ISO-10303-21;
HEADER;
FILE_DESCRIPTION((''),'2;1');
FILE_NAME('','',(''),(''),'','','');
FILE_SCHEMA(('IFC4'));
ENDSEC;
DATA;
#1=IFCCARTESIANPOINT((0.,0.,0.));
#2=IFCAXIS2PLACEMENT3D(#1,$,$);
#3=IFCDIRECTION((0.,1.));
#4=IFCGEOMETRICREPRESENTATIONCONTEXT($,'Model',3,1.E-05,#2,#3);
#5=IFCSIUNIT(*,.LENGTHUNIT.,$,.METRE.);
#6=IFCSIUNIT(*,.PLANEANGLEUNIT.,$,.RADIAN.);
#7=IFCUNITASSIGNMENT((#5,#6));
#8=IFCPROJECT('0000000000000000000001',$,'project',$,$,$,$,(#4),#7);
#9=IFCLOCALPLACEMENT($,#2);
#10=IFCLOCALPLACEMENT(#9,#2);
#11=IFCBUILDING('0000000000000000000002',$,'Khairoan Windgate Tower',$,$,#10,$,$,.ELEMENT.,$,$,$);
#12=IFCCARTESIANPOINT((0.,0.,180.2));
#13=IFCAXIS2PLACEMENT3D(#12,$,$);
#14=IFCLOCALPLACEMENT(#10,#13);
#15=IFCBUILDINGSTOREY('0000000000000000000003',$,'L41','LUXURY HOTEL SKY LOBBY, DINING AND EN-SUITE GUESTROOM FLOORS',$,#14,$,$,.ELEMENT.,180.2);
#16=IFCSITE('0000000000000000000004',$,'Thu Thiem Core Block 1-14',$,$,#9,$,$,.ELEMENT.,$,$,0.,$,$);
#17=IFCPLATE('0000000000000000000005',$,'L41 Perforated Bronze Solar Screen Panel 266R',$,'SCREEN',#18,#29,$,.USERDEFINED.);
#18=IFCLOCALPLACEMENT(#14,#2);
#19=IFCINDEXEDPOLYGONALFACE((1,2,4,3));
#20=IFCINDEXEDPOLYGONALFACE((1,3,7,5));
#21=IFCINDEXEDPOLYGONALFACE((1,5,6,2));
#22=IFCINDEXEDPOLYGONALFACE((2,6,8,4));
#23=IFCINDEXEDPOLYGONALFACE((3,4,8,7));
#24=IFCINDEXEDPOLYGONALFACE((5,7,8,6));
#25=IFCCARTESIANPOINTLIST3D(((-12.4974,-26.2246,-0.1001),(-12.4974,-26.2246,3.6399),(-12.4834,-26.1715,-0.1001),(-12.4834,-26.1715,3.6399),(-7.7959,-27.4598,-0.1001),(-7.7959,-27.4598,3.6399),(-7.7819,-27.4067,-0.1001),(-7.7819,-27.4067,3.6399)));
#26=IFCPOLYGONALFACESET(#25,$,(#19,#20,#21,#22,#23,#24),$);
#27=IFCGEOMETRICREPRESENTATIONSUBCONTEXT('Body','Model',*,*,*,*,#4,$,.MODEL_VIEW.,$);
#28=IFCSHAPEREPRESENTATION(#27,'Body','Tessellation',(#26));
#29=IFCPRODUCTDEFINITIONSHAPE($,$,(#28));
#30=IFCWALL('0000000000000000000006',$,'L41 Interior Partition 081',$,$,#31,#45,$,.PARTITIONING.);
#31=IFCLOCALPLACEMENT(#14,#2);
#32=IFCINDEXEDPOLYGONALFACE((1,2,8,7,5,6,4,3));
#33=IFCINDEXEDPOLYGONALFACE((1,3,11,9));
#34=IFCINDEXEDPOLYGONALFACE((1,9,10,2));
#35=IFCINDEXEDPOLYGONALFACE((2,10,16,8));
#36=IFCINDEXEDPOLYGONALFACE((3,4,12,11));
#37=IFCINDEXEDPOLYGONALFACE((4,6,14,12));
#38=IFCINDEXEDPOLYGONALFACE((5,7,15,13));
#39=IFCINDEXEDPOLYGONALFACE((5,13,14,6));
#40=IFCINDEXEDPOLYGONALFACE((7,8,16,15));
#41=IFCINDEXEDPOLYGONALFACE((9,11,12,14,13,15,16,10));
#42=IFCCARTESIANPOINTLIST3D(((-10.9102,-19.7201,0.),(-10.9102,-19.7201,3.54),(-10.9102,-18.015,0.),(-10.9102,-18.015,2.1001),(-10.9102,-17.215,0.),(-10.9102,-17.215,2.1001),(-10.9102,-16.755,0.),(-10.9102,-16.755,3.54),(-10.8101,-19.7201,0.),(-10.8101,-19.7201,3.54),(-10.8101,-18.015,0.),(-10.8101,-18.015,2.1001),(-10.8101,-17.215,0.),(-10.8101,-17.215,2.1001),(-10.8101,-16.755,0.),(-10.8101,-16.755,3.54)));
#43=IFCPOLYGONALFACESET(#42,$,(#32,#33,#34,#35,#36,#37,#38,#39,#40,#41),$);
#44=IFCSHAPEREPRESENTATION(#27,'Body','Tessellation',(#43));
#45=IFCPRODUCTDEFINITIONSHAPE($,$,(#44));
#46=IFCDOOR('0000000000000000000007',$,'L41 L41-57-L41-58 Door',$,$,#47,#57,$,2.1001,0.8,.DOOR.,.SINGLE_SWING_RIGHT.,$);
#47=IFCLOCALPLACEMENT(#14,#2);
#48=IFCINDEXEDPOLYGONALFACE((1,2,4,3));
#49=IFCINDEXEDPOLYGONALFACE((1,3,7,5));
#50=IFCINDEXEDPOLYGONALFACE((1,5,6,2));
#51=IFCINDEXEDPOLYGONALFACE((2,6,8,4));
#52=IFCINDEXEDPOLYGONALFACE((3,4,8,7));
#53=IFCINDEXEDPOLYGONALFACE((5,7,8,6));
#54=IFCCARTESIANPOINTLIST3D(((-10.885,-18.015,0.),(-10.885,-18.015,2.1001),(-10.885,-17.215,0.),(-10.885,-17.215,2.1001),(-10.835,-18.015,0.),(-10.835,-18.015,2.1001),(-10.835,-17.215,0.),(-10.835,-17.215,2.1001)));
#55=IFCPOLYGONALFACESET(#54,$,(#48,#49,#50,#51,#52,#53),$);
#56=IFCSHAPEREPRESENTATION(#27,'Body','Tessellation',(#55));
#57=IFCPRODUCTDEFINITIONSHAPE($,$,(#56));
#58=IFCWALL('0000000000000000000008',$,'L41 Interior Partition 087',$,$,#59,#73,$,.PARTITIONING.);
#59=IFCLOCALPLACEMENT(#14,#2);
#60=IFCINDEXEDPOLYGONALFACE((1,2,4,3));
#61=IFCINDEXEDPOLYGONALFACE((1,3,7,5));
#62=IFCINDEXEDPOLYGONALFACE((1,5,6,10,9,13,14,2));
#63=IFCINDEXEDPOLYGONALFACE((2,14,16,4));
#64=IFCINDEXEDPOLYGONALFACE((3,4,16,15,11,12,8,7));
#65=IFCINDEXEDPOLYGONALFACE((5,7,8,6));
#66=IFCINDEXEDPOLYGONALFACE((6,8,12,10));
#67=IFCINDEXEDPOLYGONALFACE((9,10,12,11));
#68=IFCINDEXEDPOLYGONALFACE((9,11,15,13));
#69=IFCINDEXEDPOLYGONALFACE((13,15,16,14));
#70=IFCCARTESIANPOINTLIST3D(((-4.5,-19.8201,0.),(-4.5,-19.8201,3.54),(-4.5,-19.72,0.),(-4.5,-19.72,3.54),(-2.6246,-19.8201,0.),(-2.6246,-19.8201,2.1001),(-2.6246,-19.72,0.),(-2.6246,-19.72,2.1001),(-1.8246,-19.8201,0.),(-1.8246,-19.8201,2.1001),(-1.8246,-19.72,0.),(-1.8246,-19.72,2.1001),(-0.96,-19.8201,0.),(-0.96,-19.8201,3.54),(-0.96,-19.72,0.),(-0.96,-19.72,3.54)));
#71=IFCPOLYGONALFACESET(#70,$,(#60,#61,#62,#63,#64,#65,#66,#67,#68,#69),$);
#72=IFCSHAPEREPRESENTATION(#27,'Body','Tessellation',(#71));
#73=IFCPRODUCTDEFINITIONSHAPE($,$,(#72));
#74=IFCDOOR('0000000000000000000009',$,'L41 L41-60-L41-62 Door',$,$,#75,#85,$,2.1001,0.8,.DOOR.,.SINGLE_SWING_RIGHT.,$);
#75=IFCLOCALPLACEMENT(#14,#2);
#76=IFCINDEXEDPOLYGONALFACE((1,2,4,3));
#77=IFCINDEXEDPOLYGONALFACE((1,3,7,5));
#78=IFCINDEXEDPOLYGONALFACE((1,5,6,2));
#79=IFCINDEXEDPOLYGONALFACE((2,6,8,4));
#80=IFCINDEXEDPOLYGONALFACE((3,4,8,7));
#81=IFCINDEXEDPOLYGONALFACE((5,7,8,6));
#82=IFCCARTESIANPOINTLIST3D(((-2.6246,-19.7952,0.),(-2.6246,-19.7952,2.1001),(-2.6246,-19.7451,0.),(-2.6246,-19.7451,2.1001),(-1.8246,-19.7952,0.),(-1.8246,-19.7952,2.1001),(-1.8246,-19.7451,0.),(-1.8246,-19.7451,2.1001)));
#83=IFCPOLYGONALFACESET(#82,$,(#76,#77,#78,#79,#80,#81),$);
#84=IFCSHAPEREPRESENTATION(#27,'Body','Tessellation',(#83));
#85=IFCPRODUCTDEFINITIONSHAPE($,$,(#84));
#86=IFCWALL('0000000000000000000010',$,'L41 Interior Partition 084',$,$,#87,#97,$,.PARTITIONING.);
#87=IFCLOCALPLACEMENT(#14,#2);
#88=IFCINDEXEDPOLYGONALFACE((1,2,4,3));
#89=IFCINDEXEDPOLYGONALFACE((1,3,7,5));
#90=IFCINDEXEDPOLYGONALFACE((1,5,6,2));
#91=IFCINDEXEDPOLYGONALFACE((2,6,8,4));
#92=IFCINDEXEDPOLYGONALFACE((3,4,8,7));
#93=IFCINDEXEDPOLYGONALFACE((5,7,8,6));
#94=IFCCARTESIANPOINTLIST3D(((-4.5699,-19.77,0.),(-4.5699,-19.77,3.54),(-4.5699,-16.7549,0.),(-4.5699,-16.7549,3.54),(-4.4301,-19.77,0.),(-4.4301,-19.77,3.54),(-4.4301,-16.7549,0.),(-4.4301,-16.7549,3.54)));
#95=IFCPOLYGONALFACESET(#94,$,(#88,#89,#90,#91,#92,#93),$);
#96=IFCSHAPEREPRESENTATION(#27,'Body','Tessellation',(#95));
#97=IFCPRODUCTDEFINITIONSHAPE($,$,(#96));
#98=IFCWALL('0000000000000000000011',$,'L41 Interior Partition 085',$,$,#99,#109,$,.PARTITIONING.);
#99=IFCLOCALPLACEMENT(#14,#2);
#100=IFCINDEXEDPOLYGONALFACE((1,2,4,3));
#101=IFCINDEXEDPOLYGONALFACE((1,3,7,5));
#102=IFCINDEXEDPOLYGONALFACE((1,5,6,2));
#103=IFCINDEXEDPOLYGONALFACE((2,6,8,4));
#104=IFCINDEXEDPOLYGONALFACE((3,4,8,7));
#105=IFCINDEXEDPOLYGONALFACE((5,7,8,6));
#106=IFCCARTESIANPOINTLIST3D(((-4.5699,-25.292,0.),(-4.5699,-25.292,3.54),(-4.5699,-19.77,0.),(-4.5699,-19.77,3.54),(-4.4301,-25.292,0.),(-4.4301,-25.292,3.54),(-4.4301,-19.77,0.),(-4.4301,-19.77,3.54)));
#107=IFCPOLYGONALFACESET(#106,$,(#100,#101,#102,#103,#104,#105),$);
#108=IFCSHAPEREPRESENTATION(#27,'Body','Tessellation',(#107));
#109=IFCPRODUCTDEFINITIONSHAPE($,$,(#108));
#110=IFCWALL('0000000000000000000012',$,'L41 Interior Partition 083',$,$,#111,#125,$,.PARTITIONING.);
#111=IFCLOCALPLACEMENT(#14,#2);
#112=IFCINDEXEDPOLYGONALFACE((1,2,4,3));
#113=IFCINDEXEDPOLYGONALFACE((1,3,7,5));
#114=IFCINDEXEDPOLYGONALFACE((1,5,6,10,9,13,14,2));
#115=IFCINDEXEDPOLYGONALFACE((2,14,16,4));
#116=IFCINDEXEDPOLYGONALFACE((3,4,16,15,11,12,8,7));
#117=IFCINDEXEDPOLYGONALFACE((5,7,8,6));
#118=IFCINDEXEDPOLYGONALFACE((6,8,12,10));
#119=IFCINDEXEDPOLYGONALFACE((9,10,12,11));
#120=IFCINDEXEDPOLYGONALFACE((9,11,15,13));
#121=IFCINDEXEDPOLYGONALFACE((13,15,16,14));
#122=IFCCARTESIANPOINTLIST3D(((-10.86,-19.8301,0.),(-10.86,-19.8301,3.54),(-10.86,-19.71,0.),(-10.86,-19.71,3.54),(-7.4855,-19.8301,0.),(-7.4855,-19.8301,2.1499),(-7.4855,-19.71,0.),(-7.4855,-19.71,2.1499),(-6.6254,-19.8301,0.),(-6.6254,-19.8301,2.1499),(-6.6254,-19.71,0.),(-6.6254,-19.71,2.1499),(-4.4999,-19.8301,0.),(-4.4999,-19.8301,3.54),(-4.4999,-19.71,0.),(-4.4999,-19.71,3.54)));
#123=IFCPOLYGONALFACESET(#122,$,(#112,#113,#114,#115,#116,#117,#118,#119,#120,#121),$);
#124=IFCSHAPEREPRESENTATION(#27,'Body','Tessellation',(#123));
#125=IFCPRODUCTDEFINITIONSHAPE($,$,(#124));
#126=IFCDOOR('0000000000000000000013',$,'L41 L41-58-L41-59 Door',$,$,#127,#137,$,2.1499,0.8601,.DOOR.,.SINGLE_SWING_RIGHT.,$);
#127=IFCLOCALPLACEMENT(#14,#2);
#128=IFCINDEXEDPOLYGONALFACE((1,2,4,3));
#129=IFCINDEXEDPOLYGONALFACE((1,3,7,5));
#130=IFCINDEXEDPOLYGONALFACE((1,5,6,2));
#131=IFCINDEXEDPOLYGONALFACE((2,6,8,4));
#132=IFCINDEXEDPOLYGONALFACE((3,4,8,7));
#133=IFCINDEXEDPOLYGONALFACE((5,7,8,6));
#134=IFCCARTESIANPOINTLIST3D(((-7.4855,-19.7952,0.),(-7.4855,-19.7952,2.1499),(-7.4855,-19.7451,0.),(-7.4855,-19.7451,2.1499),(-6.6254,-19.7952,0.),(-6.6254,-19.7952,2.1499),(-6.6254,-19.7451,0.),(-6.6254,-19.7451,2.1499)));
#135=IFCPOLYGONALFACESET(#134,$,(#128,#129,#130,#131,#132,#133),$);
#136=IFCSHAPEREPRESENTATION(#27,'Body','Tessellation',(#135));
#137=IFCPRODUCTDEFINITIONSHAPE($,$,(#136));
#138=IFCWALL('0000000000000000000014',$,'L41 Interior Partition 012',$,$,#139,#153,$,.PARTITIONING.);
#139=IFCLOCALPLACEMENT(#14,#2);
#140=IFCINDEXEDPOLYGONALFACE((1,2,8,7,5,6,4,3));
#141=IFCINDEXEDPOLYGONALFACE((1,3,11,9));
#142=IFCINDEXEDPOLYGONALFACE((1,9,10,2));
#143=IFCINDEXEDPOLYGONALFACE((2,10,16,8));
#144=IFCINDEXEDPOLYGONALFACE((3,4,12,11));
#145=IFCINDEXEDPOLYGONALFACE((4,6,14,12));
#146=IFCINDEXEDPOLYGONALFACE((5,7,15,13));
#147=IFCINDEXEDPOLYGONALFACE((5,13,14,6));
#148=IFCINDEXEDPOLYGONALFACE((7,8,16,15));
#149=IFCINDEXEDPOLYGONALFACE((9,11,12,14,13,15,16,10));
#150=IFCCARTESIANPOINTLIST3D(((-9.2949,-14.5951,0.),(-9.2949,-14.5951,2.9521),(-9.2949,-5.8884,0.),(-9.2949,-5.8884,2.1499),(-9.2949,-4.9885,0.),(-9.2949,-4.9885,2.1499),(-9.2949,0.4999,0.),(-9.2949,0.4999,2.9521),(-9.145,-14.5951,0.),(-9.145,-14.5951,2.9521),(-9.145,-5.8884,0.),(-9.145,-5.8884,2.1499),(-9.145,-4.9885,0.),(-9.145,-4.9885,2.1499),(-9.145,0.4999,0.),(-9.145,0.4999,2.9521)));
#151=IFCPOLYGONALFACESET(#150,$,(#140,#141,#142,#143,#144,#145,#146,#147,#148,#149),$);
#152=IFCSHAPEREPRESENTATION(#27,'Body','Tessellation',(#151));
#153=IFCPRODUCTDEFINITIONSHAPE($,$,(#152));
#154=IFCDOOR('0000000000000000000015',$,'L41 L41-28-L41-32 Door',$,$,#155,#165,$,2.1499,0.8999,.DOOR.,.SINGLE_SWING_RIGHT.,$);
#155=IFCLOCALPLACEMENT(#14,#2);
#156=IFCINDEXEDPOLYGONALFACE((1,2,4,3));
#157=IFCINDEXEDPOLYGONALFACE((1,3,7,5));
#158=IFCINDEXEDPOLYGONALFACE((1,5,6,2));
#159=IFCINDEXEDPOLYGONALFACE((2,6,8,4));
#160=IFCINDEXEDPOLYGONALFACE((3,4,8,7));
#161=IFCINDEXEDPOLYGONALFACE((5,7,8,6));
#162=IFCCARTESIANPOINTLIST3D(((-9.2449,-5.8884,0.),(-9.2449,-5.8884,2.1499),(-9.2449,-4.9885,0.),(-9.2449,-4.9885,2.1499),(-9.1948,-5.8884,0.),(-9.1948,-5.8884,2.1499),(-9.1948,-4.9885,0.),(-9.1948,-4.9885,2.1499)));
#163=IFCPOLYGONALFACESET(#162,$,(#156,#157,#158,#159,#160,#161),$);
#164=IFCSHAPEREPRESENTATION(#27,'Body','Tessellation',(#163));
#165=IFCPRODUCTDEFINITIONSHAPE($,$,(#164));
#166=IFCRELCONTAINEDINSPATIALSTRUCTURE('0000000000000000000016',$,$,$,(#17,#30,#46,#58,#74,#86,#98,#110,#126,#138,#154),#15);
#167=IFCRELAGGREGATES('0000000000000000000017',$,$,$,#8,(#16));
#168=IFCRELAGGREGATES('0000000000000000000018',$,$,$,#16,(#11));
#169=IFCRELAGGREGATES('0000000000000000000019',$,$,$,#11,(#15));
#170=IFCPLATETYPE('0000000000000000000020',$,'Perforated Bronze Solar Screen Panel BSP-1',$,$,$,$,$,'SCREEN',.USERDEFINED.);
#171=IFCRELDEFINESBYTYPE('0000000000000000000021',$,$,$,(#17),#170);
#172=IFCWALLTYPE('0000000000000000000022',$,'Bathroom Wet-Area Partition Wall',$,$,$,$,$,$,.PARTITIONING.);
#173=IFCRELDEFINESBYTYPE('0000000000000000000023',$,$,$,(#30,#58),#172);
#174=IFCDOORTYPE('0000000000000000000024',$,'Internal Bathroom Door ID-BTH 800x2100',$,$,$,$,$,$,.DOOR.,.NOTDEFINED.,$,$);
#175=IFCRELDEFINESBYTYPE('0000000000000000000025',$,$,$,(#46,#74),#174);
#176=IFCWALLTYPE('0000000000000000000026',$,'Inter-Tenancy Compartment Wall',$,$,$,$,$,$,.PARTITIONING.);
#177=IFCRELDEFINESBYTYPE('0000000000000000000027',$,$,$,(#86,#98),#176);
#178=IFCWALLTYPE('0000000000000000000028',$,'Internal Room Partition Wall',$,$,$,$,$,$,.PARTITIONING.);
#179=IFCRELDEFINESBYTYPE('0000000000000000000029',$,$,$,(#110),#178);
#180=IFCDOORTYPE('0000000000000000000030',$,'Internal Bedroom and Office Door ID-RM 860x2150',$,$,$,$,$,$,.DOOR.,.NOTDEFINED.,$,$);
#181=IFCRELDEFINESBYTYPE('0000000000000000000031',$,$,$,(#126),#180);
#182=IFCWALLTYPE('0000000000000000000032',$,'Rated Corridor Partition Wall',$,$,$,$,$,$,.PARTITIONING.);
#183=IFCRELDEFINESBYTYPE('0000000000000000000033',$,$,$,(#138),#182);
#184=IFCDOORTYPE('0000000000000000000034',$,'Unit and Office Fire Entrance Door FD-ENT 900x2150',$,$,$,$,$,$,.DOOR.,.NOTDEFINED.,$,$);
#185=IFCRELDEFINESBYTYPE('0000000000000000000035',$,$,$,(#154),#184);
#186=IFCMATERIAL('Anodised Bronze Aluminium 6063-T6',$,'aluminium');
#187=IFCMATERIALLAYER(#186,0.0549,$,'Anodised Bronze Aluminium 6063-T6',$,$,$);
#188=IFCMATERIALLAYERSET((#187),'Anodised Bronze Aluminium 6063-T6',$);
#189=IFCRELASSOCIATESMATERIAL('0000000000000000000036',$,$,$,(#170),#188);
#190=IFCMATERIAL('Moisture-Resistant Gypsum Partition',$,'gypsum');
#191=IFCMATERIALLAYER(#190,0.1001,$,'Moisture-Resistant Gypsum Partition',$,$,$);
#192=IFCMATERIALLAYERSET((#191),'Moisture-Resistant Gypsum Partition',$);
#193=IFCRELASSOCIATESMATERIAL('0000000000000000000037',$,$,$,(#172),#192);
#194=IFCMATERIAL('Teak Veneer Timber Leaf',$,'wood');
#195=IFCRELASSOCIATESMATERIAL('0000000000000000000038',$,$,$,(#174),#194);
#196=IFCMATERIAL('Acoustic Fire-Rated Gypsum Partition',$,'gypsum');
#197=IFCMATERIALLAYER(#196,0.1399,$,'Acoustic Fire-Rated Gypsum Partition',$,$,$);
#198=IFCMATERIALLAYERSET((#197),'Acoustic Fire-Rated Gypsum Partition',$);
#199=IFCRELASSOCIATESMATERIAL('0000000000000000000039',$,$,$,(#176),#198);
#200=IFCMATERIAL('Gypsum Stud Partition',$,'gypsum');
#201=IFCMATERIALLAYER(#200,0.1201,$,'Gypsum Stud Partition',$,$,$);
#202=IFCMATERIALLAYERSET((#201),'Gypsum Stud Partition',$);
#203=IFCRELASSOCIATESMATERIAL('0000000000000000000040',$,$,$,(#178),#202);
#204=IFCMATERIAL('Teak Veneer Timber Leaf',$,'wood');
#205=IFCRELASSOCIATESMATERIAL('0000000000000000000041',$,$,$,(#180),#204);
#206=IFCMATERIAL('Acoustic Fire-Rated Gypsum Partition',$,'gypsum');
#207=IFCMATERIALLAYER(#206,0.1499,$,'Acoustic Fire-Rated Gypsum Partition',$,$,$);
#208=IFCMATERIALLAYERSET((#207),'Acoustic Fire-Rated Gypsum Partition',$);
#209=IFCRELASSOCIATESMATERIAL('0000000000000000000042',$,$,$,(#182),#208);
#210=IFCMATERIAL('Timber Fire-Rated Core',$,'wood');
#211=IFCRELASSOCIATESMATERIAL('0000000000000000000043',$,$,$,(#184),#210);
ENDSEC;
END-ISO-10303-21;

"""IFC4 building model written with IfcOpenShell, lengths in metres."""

from ifc_helpers import new_model, si_unit, direction, frame, frame_2d, origin, origin_2d, place, context, subcontext, project, spatial, rectangle, extrude, material, layer, layer_set, type_object, element, fill, save


model = new_model("IFC4")

# Units and contexts
model_context = context("Model", 3, precision=1e-05, world=origin(), true_north=direction((0.0, 1.0)))
body_context = subcontext(model_context, "Body", "Model", "MODEL_VIEW")
ifc_project = project(units=[si_unit("LENGTHUNIT", "METRE"), si_unit("PLANEANGLEUNIT", "RADIAN")], contexts=[model_context])

# Site, building, storey
site_placement = place(None, origin())
site = spatial("IfcSite", under=ifc_project, at=site_placement, Name="Thu Thiem Core Block 1-14", CompositionType="ELEMENT", RefElevation=0.0)
building_placement = place(site_placement, origin())
building = spatial("IfcBuilding", under=site, at=building_placement, Name="Khairoan Windgate Tower", CompositionType="ELEMENT")
storey_placement = place(building_placement, frame((0.0, 0.0, 180.2)))
storey = spatial("IfcBuildingStorey", under=building, at=storey_placement, Name="L41", Description="LUXURY HOTEL SKY LOBBY, DINING AND EN-SUITE GUESTROOM FLOORS", CompositionType="ELEMENT", Elevation=180.2)

# Plate
ifc_material_1 = material(Name="Anodised Bronze Aluminium 6063-T6", Category="aluminium")
ifc_layer_1 = layer(ifc_material_1, 0.0549, Name="Anodised Bronze Aluminium 6063-T6")
ifc_layer_set_1 = layer_set([ifc_layer_1], Name="Anodised Bronze Aluminium 6063-T6")
plate_type = type_object("IfcPlateType", Name="Perforated Bronze Solar Screen Panel BSP-1", ElementType="SCREEN", PredefinedType="USERDEFINED", material=ifc_layer_set_1)
plate_placement = place(storey_placement, frame((-10.1396, -26.8157, -0.1001), z_axis=(0.0, 0.0, 1.0), x_axis=(-0.967179, 0.254096, 0.0)))
element("IfcPlate", 1, at=plate_placement, inside=storey, type_object=plate_type, Name="L41 Perforated Bronze Solar Screen Panel 266R", ObjectType="SCREEN", PredefinedType="USERDEFINED", context=body_context, shape_type="SweptSolid", body=[
    extrude(rectangle(XDim=4.8611, YDim=0.0549, at=origin_2d()), origin(), (0.0, 0.0, 1.0), 3.74),
])

# Walls, openings, doors
ifc_material_2 = material(Name="Moisture-Resistant Gypsum Partition", Category="gypsum")
ifc_layer_2 = layer(ifc_material_2, 0.1001, Name="Moisture-Resistant Gypsum Partition")
ifc_layer_set_2 = layer_set([ifc_layer_2], Name="Moisture-Resistant Gypsum Partition")
wall_type_1 = type_object("IfcWallType", Name="Bathroom Wet-Area Partition Wall", PredefinedType="PARTITIONING", material=ifc_layer_set_2)
wall_1_placement = place(storey_placement, frame((-10.8601, -19.72, 0.0), z_axis=(0.0, 0.0, 1.0), x_axis=(0.0, 1.0, 0.0)))
wall_1 = element("IfcWall", 2, at=wall_1_placement, inside=storey, type_object=wall_type_1, Name="L41 Interior Partition 081", PredefinedType="PARTITIONING", context=body_context, shape_type="SweptSolid", body=[
    extrude(rectangle(XDim=2.9651, YDim=0.1001, at=frame_2d((1.4824, 0.0))), origin(), (0.0, 0.0, 1.0), 3.54),
])
opening_1_placement = place(wall_1_placement, frame((1.7051, 0.0, 0.0)))
opening_1 = element("IfcOpeningElement", 3, at=opening_1_placement, cuts=wall_1, PredefinedType="OPENING", context=body_context, shape_type="SweptSolid", body=[
    extrude(rectangle(XDim=0.8, YDim=2.1001, at=frame_2d((0.3999, 1.05))), frame((0.0, 0.0601, 0.0), z_axis=(0.0, -1.0, 0.0), x_axis=(1.0, 0.0, 0.0)), (0.0, 0.0, 1.0), 0.1201),
])
ifc_material_3 = material(Name="Teak Veneer Timber Leaf", Category="wood")
door_type_1 = type_object("IfcDoorType", Name="Internal Bathroom Door ID-BTH 800x2100", OperationType="NOTDEFINED", PredefinedType="DOOR", material=ifc_material_3)
door_1_placement = place(opening_1_placement, origin())
door_1 = element("IfcDoor", 4, at=door_1_placement, inside=storey, type_object=door_type_1, Name="L41 L41-57-L41-58 Door", OperationType="SINGLE_SWING_RIGHT", OverallHeight=2.1001, OverallWidth=0.8, PredefinedType="DOOR", context=body_context, shape_type="SweptSolid", body=[
    extrude(rectangle(XDim=0.8, YDim=2.1001, at=frame_2d((0.3999, 1.05))), frame((0.0, 0.0249, 0.0), z_axis=(0.0, -1.0, 0.0), x_axis=(1.0, 0.0, 0.0)), (0.0, 0.0, 1.0), 0.05),
])
fill(opening_1, door_1)
wall_2_placement = place(storey_placement, frame((-4.5, -19.77, 0.0), z_axis=(0.0, 0.0, 1.0), x_axis=(1.0, 0.0, 0.0)))
wall_2 = element("IfcWall", 5, at=wall_2_placement, inside=storey, type_object=wall_type_1, Name="L41 Interior Partition 087", PredefinedType="PARTITIONING", context=body_context, shape_type="SweptSolid", body=[
    extrude(rectangle(XDim=3.54, YDim=0.1001, at=frame_2d((1.77, 0.0))), origin(), (0.0, 0.0, 1.0), 3.54),
])
opening_2_placement = place(wall_2_placement, frame((1.8755, 0.0, 0.0)))
opening_2 = element("IfcOpeningElement", 6, at=opening_2_placement, cuts=wall_2, PredefinedType="OPENING", context=body_context, shape_type="SweptSolid", body=[
    extrude(rectangle(XDim=0.8, YDim=2.1001, at=frame_2d((0.3999, 1.05))), frame((0.0, 0.0601, 0.0), z_axis=(0.0, -1.0, 0.0), x_axis=(1.0, 0.0, 0.0)), (0.0, 0.0, 1.0), 0.1201),
])
door_2_placement = place(opening_2_placement, origin())
door_2 = element("IfcDoor", 7, at=door_2_placement, inside=storey, type_object=door_type_1, Name="L41 L41-60-L41-62 Door", OperationType="SINGLE_SWING_RIGHT", OverallHeight=2.1001, OverallWidth=0.8, PredefinedType="DOOR", context=body_context, shape_type="SweptSolid", body=[
    extrude(rectangle(XDim=0.8, YDim=2.1001, at=frame_2d((0.3999, 1.05))), frame((0.0, 0.0249, 0.0), z_axis=(0.0, -1.0, 0.0), x_axis=(1.0, 0.0, 0.0)), (0.0, 0.0, 1.0), 0.05),
])
fill(opening_2, door_2)

# Walls
ifc_material_4 = material(Name="Acoustic Fire-Rated Gypsum Partition", Category="gypsum")
ifc_layer_3 = layer(ifc_material_4, 0.1399, Name="Acoustic Fire-Rated Gypsum Partition")
ifc_layer_set_3 = layer_set([ifc_layer_3], Name="Acoustic Fire-Rated Gypsum Partition")
wall_type_2 = type_object("IfcWallType", Name="Inter-Tenancy Compartment Wall", PredefinedType="PARTITIONING", material=ifc_layer_set_3)
wall_3_placement = place(storey_placement, frame((-4.5, -19.77, 0.0), z_axis=(0.0, 0.0, 1.0), x_axis=(0.0, 1.0, 0.0)))
element("IfcWall", 8, at=wall_3_placement, inside=storey, type_object=wall_type_2, Name="L41 Interior Partition 084", PredefinedType="PARTITIONING", context=body_context, shape_type="SweptSolid", body=[
    extrude(rectangle(XDim=3.0151, YDim=0.1399, at=frame_2d((1.5076, 0.0))), origin(), (0.0, 0.0, 1.0), 3.54),
])
wall_4_placement = place(storey_placement, frame((-4.5, -25.292, 0.0), z_axis=(0.0, 0.0, 1.0), x_axis=(0.0, 1.0, 0.0)))
element("IfcWall", 9, at=wall_4_placement, inside=storey, type_object=wall_type_2, Name="L41 Interior Partition 085", PredefinedType="PARTITIONING", context=body_context, shape_type="SweptSolid", body=[
    extrude(rectangle(XDim=5.522, YDim=0.1399, at=frame_2d((2.761, 0.0))), origin(), (0.0, 0.0, 1.0), 3.54),
])

# Walls, openings, doors
ifc_material_5 = material(Name="Gypsum Stud Partition", Category="gypsum")
ifc_layer_4 = layer(ifc_material_5, 0.1201, Name="Gypsum Stud Partition")
ifc_layer_set_4 = layer_set([ifc_layer_4], Name="Gypsum Stud Partition")
wall_type_3 = type_object("IfcWallType", Name="Internal Room Partition Wall", PredefinedType="PARTITIONING", material=ifc_layer_set_4)
wall_5_placement = place(storey_placement, frame((-10.8601, -19.77, 0.0), z_axis=(0.0, 0.0, 1.0), x_axis=(1.0, 0.0, 0.0)))
wall_5 = element("IfcWall", 10, at=wall_5_placement, inside=storey, type_object=wall_type_3, Name="L41 Interior Partition 083", PredefinedType="PARTITIONING", context=body_context, shape_type="SweptSolid", body=[
    extrude(rectangle(XDim=6.3601, YDim=0.1201, at=frame_2d((3.1802, 0.0))), origin(), (0.0, 0.0, 1.0), 3.54),
])
opening_3_placement = place(wall_5_placement, frame((3.3745, 0.0, 0.0)))
opening_3 = element("IfcOpeningElement", 11, at=opening_3_placement, cuts=wall_5, PredefinedType="OPENING", context=body_context, shape_type="SweptSolid", body=[
    extrude(rectangle(XDim=0.8601, YDim=2.1499, at=frame_2d((0.4302, 1.075))), frame((0.0, 0.0701, 0.0), z_axis=(0.0, -1.0, 0.0), x_axis=(1.0, 0.0, 0.0)), (0.0, 0.0, 1.0), 0.1401),
])
ifc_material_6 = material(Name="Teak Veneer Timber Leaf", Category="wood")
door_type_2 = type_object("IfcDoorType", Name="Internal Bedroom and Office Door ID-RM 860x2150", OperationType="NOTDEFINED", PredefinedType="DOOR", material=ifc_material_6)
door_3_placement = place(opening_3_placement, origin())
door_3 = element("IfcDoor", 12, at=door_3_placement, inside=storey, type_object=door_type_2, Name="L41 L41-58-L41-59 Door", OperationType="SINGLE_SWING_RIGHT", OverallHeight=2.1499, OverallWidth=0.8601, PredefinedType="DOOR", context=body_context, shape_type="SweptSolid", body=[
    extrude(rectangle(XDim=0.8601, YDim=2.1499, at=frame_2d((0.4302, 1.075))), frame((0.0, 0.0249, 0.0), z_axis=(0.0, -1.0, 0.0), x_axis=(1.0, 0.0, 0.0)), (0.0, 0.0, 1.0), 0.05),
])
fill(opening_3, door_3)
ifc_material_7 = material(Name="Acoustic Fire-Rated Gypsum Partition", Category="gypsum")
ifc_layer_5 = layer(ifc_material_7, 0.1499, Name="Acoustic Fire-Rated Gypsum Partition")
ifc_layer_set_5 = layer_set([ifc_layer_5], Name="Acoustic Fire-Rated Gypsum Partition")
wall_type_4 = type_object("IfcWallType", Name="Rated Corridor Partition Wall", PredefinedType="PARTITIONING", material=ifc_layer_set_5)
wall_6_placement = place(storey_placement, frame((-9.22, -14.595, 0.0), z_axis=(0.0, 0.0, 1.0), x_axis=(0.0, 1.0, 0.0)))
wall_6 = element("IfcWall", 13, at=wall_6_placement, inside=storey, type_object=wall_type_4, Name="L41 Interior Partition 012", PredefinedType="PARTITIONING", context=body_context, shape_type="SweptSolid", body=[
    extrude(rectangle(XDim=15.095, YDim=0.1499, at=frame_2d((7.5474, 0.0))), origin(), (0.0, 0.0, 1.0), 2.9521),
])
opening_4_placement = place(wall_6_placement, frame((8.7065, 0.0, 0.0)))
opening_4 = element("IfcOpeningElement", 14, at=opening_4_placement, cuts=wall_6, PredefinedType="OPENING", context=body_context, shape_type="SweptSolid", body=[
    extrude(rectangle(XDim=0.8999, YDim=2.1499, at=frame_2d((0.45, 1.075))), frame((0.0, 0.085, 0.0), z_axis=(0.0, -1.0, 0.0), x_axis=(1.0, 0.0, 0.0)), (0.0, 0.0, 1.0), 0.1699),
])
ifc_material_8 = material(Name="Timber Fire-Rated Core", Category="wood")
door_type_3 = type_object("IfcDoorType", Name="Unit and Office Fire Entrance Door FD-ENT 900x2150", OperationType="NOTDEFINED", PredefinedType="DOOR", material=ifc_material_8)
door_4_placement = place(opening_4_placement, origin())
door_4 = element("IfcDoor", 15, at=door_4_placement, inside=storey, type_object=door_type_3, Name="L41 L41-28-L41-32 Door", OperationType="SINGLE_SWING_RIGHT", OverallHeight=2.1499, OverallWidth=0.8999, PredefinedType="DOOR", context=body_context, shape_type="SweptSolid", body=[
    extrude(rectangle(XDim=0.8999, YDim=2.1499, at=frame_2d((0.45, 1.075))), frame((0.0, 0.0249, 0.0), z_axis=(0.0, -1.0, 0.0), x_axis=(1.0, 0.0, 0.0)), (0.0, 0.0, 1.0), 0.05),
])
fill(opening_4, door_4)

save(model, "model.ifc")
